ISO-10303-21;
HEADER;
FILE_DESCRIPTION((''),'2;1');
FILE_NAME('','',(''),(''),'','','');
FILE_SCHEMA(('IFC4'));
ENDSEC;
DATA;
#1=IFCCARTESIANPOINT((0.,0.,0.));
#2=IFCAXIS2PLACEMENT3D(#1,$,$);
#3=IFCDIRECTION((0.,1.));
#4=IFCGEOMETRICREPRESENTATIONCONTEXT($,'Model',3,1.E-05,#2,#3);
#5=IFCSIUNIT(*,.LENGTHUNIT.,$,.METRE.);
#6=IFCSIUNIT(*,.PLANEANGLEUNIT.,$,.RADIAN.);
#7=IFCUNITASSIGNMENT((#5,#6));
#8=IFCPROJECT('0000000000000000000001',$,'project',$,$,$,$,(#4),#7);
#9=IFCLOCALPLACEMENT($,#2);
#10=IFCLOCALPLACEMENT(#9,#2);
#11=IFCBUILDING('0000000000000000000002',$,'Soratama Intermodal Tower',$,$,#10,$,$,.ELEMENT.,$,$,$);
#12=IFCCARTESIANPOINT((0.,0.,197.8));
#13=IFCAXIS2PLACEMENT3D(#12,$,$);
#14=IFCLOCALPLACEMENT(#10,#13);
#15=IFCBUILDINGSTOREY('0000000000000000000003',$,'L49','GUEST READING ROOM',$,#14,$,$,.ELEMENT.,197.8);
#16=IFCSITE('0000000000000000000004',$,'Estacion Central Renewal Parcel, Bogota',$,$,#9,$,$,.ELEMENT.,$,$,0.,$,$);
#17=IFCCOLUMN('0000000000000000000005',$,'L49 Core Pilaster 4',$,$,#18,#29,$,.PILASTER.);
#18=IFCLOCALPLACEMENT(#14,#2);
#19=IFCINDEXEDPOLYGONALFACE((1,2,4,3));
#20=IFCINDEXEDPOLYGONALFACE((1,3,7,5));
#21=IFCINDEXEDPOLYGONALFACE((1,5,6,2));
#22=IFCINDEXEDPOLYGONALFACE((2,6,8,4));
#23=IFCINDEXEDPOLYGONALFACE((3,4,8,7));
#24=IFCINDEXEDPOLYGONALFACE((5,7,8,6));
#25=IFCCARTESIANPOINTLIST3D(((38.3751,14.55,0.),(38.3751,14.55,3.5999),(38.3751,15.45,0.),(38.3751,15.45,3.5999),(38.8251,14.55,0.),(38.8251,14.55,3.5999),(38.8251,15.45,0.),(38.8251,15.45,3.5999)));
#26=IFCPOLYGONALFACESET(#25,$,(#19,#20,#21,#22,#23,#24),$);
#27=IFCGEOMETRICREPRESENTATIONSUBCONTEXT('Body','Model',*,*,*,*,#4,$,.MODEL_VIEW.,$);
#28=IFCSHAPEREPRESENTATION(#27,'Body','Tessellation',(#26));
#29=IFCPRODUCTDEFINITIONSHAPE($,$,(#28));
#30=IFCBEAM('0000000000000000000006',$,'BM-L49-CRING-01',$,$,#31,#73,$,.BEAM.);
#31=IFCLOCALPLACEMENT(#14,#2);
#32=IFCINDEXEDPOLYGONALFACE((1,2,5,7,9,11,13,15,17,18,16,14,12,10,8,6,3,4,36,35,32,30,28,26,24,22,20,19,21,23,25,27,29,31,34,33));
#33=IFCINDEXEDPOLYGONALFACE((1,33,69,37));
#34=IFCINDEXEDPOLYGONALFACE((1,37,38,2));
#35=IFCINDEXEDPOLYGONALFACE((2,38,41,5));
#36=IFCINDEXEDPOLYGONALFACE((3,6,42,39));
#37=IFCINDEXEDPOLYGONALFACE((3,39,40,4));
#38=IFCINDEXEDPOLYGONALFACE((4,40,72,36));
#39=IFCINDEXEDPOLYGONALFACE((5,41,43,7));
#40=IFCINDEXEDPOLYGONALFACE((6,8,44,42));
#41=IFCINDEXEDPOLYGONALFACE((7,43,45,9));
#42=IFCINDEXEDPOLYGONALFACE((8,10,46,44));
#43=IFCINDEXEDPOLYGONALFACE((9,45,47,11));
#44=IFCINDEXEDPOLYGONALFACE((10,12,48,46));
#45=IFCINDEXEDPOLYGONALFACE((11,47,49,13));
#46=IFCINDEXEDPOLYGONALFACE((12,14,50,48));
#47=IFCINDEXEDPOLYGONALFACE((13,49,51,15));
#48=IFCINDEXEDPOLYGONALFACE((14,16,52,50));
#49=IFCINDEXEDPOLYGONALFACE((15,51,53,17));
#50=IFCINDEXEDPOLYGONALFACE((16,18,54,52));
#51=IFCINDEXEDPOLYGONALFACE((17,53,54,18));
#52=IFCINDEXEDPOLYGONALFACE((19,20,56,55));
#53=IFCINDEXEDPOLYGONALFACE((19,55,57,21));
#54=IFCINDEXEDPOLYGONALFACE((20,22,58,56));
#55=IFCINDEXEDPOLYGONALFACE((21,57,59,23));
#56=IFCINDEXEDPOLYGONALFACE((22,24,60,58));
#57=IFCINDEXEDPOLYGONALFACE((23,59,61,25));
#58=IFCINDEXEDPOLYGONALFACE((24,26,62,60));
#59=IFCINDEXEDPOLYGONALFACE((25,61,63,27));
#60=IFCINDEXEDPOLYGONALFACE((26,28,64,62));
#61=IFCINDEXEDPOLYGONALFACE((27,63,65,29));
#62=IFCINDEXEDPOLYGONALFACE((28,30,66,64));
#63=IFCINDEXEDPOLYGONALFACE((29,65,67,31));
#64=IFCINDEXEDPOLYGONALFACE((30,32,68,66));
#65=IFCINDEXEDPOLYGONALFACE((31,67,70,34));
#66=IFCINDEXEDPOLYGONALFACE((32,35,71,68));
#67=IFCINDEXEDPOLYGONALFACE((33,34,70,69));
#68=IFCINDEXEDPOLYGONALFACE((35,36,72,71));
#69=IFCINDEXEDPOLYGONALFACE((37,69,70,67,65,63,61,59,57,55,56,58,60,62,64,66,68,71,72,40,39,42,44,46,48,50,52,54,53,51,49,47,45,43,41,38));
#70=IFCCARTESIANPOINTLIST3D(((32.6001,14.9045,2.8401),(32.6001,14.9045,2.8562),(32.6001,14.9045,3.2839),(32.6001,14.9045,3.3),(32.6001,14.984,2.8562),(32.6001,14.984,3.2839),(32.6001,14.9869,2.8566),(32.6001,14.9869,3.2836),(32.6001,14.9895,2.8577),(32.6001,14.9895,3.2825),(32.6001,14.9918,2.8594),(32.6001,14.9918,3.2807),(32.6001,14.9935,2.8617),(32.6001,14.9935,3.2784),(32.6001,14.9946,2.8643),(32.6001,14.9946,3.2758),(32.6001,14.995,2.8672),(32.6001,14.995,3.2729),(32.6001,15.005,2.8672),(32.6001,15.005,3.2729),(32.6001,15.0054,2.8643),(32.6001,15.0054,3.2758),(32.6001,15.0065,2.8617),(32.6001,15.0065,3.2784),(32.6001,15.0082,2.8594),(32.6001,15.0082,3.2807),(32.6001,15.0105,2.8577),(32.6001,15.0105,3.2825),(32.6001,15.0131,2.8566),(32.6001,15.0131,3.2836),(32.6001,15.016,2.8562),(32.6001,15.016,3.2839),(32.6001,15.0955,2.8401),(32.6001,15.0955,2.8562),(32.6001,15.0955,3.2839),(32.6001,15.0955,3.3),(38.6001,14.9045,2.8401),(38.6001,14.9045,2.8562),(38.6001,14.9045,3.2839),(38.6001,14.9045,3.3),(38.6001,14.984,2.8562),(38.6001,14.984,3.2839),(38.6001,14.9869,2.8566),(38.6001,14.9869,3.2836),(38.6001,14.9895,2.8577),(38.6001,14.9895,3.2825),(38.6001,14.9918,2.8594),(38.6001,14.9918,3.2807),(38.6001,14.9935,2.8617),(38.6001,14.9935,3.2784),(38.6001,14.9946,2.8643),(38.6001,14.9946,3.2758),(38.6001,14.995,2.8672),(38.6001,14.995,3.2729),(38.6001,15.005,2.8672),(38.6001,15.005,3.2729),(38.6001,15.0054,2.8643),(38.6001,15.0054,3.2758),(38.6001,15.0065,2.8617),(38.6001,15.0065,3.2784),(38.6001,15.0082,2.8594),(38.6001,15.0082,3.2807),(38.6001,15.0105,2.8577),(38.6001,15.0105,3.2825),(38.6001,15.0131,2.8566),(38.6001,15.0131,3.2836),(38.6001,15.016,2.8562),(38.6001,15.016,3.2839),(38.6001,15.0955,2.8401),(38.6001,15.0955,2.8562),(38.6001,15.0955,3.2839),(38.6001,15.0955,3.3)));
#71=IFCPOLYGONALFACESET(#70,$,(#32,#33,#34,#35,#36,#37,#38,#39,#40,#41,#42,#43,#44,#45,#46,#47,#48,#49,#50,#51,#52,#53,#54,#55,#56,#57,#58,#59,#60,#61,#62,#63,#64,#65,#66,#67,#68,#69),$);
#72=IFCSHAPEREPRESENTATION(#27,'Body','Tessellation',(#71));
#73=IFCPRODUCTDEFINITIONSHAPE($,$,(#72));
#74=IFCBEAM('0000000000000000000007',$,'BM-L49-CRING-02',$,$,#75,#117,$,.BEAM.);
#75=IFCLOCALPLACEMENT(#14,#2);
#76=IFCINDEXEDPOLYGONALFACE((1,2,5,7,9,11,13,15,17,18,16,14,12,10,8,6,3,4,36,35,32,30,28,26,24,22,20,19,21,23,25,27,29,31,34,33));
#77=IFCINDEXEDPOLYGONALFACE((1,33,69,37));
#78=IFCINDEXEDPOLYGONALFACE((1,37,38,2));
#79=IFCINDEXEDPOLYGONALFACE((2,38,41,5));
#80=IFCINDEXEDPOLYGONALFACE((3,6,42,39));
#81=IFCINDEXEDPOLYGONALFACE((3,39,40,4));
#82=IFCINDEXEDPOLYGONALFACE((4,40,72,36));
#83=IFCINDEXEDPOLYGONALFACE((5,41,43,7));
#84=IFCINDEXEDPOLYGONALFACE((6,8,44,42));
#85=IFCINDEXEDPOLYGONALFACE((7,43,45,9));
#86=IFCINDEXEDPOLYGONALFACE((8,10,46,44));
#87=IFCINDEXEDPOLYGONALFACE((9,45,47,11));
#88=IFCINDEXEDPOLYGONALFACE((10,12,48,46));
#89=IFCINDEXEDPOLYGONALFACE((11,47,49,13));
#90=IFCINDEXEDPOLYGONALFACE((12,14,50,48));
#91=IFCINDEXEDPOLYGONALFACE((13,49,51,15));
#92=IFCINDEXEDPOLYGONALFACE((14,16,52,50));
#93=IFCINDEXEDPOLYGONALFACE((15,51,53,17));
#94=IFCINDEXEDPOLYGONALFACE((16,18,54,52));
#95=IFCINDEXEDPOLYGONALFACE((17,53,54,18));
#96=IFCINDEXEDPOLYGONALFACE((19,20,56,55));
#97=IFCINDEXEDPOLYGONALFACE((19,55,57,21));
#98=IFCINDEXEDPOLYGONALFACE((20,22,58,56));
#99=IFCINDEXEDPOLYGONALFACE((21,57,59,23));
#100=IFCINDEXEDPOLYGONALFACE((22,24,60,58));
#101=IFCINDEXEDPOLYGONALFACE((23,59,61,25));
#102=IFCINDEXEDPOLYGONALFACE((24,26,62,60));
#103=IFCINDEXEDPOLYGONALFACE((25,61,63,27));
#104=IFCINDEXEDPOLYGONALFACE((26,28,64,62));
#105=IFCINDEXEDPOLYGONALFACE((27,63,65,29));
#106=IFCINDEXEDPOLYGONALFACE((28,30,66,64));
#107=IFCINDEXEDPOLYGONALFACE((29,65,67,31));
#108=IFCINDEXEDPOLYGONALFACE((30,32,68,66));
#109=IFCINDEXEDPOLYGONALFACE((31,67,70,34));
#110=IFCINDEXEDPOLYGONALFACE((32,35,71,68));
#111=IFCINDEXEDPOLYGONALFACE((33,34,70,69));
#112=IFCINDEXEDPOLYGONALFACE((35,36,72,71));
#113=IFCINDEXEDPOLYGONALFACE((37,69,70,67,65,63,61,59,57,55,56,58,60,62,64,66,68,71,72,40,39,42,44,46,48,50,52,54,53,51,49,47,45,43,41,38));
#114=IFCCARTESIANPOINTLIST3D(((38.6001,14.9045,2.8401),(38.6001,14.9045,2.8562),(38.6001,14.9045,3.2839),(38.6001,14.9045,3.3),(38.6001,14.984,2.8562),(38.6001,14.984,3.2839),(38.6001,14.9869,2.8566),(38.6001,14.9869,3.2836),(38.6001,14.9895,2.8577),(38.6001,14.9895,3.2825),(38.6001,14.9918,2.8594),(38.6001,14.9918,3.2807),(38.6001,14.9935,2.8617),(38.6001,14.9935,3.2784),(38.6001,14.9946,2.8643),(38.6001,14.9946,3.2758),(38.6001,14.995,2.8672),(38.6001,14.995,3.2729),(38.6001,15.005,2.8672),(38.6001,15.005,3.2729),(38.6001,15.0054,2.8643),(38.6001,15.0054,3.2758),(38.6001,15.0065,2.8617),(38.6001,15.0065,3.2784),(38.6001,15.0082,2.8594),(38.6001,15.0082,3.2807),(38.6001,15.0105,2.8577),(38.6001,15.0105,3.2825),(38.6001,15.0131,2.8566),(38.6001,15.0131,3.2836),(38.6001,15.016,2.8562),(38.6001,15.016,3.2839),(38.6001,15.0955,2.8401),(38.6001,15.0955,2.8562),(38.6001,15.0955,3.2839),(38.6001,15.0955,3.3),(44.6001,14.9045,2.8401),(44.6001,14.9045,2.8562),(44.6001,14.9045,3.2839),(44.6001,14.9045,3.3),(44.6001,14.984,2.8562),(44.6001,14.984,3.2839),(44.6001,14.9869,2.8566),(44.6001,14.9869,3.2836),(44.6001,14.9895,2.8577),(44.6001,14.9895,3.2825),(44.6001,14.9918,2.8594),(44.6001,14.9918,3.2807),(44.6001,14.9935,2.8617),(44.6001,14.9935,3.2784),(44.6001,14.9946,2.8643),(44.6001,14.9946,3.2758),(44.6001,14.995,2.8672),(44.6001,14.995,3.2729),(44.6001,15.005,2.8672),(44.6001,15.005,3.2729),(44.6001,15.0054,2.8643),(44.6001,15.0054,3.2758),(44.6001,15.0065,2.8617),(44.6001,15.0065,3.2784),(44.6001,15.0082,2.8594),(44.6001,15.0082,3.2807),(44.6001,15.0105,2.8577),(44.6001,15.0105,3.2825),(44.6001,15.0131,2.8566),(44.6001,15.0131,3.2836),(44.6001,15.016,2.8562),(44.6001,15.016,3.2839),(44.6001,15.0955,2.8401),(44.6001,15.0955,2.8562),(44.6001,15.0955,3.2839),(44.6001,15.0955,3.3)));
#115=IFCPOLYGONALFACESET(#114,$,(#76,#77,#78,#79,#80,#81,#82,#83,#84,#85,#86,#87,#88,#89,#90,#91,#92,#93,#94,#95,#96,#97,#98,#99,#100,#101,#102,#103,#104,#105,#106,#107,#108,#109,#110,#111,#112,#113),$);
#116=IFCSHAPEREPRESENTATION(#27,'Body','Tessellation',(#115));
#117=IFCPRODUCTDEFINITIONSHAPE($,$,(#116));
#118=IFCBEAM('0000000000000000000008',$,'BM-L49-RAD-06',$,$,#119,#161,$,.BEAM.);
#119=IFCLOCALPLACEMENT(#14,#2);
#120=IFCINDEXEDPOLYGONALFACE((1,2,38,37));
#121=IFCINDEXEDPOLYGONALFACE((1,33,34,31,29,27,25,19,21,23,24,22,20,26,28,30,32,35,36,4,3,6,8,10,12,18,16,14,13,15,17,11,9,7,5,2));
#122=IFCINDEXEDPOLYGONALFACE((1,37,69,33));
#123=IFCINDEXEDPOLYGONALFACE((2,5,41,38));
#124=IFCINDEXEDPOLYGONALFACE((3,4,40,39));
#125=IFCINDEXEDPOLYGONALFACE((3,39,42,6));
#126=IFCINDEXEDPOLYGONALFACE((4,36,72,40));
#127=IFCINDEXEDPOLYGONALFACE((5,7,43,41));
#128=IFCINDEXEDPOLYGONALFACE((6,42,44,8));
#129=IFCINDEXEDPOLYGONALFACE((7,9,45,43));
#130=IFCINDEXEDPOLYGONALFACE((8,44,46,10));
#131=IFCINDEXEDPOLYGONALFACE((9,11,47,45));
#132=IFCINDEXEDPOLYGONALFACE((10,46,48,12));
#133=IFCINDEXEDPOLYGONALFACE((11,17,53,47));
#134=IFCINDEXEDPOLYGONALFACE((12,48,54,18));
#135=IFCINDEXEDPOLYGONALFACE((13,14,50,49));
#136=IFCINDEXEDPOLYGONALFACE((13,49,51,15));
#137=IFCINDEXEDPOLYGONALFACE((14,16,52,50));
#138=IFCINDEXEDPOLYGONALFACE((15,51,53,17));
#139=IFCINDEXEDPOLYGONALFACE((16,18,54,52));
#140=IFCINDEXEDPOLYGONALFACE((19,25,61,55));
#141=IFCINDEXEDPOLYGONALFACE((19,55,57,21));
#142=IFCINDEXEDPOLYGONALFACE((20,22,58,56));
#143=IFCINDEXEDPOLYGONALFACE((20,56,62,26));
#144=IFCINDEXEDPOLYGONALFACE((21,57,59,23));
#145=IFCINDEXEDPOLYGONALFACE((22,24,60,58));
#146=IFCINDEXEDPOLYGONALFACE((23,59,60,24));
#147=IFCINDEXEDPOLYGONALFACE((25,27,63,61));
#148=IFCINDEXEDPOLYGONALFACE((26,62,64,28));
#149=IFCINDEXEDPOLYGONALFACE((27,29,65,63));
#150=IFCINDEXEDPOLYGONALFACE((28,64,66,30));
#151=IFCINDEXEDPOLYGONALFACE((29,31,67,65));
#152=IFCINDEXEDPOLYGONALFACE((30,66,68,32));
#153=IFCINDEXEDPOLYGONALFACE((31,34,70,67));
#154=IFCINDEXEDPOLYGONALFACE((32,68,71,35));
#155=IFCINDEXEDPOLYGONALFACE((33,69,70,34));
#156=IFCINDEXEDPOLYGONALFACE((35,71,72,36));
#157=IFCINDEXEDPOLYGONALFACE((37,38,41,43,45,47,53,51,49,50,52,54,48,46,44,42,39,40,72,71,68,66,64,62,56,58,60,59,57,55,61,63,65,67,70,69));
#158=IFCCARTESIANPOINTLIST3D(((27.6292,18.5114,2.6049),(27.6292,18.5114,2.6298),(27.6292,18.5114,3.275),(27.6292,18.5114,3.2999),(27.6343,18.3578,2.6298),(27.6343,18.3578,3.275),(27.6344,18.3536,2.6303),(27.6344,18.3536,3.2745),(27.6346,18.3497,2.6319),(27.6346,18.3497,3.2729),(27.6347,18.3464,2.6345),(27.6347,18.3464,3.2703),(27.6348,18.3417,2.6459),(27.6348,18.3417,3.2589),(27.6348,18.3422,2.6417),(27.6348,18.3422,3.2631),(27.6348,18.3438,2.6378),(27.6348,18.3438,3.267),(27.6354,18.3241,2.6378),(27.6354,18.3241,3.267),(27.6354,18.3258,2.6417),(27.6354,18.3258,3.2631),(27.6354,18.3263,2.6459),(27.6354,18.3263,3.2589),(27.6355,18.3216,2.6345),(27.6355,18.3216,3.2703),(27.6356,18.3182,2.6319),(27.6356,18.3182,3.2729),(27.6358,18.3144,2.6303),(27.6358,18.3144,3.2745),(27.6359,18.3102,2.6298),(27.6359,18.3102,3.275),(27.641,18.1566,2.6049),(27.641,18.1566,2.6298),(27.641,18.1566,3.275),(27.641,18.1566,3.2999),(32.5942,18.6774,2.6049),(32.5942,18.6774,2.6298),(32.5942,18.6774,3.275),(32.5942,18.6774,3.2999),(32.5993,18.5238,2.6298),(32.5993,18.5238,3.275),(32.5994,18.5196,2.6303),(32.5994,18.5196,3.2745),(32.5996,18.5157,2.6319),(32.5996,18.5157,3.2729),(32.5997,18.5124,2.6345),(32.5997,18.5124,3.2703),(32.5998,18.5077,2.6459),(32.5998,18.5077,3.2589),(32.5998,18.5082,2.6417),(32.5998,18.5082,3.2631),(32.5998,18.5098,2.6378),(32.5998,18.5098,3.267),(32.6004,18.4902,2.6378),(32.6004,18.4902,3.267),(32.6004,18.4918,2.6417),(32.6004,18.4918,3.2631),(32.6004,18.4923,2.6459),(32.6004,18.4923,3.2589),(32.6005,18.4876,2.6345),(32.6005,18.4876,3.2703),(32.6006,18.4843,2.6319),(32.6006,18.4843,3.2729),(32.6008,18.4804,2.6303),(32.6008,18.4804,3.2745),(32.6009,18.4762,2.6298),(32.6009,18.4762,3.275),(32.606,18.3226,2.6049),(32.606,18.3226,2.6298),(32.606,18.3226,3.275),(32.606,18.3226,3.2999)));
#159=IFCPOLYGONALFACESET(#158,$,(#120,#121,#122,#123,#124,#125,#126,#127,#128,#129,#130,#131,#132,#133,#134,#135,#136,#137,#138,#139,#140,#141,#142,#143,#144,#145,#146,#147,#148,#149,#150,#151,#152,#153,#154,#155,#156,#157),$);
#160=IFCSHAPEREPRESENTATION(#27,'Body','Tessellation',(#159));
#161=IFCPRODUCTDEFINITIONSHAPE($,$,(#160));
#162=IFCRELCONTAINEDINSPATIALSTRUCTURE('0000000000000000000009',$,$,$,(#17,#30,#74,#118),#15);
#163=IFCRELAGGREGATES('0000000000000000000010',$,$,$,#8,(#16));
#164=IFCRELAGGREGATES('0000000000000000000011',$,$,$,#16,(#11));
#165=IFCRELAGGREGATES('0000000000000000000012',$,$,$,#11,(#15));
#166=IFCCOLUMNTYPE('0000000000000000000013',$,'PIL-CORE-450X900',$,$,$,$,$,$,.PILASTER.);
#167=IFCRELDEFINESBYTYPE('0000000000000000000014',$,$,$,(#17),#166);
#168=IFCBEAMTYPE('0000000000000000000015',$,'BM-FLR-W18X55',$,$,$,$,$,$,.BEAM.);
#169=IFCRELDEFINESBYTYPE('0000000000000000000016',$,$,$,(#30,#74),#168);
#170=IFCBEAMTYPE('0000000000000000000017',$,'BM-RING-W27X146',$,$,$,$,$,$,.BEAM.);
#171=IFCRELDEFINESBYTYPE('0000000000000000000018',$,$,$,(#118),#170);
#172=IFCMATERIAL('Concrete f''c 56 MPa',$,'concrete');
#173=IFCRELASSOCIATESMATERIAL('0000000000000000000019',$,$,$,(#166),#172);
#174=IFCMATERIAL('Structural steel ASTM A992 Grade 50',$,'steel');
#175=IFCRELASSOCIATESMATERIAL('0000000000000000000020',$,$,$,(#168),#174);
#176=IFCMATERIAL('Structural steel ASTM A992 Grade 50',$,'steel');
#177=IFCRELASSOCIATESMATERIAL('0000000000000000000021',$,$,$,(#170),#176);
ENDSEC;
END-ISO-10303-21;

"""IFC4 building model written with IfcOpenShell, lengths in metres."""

from ifc_helpers import new_model, si_unit, direction, frame, origin, origin_2d, place, context, subcontext, project, spatial, rectangle, i_section, extrude, material, material_profile, profile_set, type_object, element, save


model = new_model("IFC4")

# Units and contexts
model_context = context("Model", 3, precision=1e-05, world=origin(), true_north=direction((0.0, 1.0)))
body_context = subcontext(model_context, "Body", "Model", "MODEL_VIEW")
ifc_project = project(units=[si_unit("LENGTHUNIT", "METRE"), si_unit("PLANEANGLEUNIT", "RADIAN")], contexts=[model_context])

# Site, building, storey
site_placement = place(None, origin())
site = spatial("IfcSite", under=ifc_project, at=site_placement, Name="Estacion Central Renewal Parcel, Bogota", CompositionType="ELEMENT", RefElevation=0.0)
building_placement = place(site_placement, origin())
building = spatial("IfcBuilding", under=site, at=building_placement, Name="Soratama Intermodal Tower", CompositionType="ELEMENT")
storey_placement = place(building_placement, frame((0.0, 0.0, 197.8)))
storey = spatial("IfcBuildingStorey", under=building, at=storey_placement, Name="L49", Description="GUEST READING ROOM", CompositionType="ELEMENT", Elevation=197.8)

# Column
ifc_material_1 = material(Name="Concrete f'c 56 MPa", Category="concrete")
ifc_material_profile_1 = material_profile(ifc_material_1, rectangle(XDim=0.45, YDim=0.8999, at=origin_2d()), Name="RC450X900")
ifc_profile_set_1 = profile_set([ifc_material_profile_1], Name="Concrete f'c 56 MPa")
column_type = type_object("IfcColumnType", Name="PIL-CORE-450X900", PredefinedType="PILASTER", material=ifc_profile_set_1)
column_placement = place(storey_placement, frame((38.6001, 15.0, 0.0), z_axis=(0.0, 0.0, 1.0), x_axis=(1.0, 0.0, 0.0)))
element("IfcColumn", 1, at=column_placement, inside=storey, type_object=column_type, Name="L49 Core Pilaster 4", PredefinedType="PILASTER", context=body_context, shape_type="SweptSolid", body=[
    extrude(rectangle(XDim=0.45, YDim=0.8999, at=origin_2d()), origin(), (0.0, 0.0, 1.0), 3.5999),
])

# Beams
ifc_material_2 = material(Name="Structural steel ASTM A992 Grade 50", Category="steel")
ifc_material_profile_2 = material_profile(ifc_material_2, i_section(OverallWidth=0.1909, OverallDepth=0.46, WebThickness=0.01, FlangeThickness=0.0161, FilletRadius=0.011, at=origin_2d()), Name="W18X55")
ifc_profile_set_2 = profile_set([ifc_material_profile_2], Name="Structural steel ASTM A992 Grade 50")
beam_type_1 = type_object("IfcBeamType", Name="BM-FLR-W18X55", PredefinedType="BEAM", material=ifc_profile_set_2)
for number, where, z_axis, x_axis, name in (
    (2, (32.6001, 15.0, 3.0701), (1.0, 0.0, 0.0), (0.0, 1.0, 0.0), "BM-L49-CRING-01"),
    (3, (38.6001, 15.0, 3.0701), (1.0, 0.0, 0.0), (0.0, 1.0, 0.0), "BM-L49-CRING-02"),
):
    element("IfcBeam", number, at=place(storey_placement, frame(where, z_axis=z_axis, x_axis=x_axis)), inside=storey, type_object=beam_type_1, Name=name, PredefinedType="BEAM", context=body_context, shape_type="SweptSolid", body=[
        extrude(i_section(OverallWidth=0.1909, OverallDepth=0.46, WebThickness=0.01, FlangeThickness=0.0161, FilletRadius=0.011, at=origin_2d()), origin(), (0.0, 0.0, 1.0), 6.0),
    ])
ifc_material_3 = material(Name="Structural steel ASTM A992 Grade 50", Category="steel")
ifc_material_profile_3 = material_profile(ifc_material_3, i_section(OverallWidth=0.355, OverallDepth=0.6951, WebThickness=0.0154, FlangeThickness=0.0249, FilletRadius=0.0161, at=origin_2d()), Name="W27X146")
ifc_profile_set_3 = profile_set([ifc_material_profile_3], Name="Structural steel ASTM A992 Grade 50")
beam_type_2 = type_object("IfcBeamType", Name="BM-RING-W27X146", PredefinedType="BEAM", material=ifc_profile_set_3)
beam_1_placement = place(storey_placement, frame((32.6001, 18.5, 2.9524), z_axis=(-0.999441, -0.033418, 0.0), x_axis=(0.033418, -0.999441, 0.0)))
element("IfcBeam", 4, at=beam_1_placement, inside=storey, type_object=beam_type_2, Name="BM-L49-RAD-06", PredefinedType="BEAM", context=body_context, shape_type="SweptSolid", body=[
    extrude(i_section(OverallWidth=0.355, OverallDepth=0.6951, WebThickness=0.0154, FlangeThickness=0.0249, FilletRadius=0.0161, at=origin_2d()), origin(), (0.0, 0.0, 1.0), 4.9678),
])

save(model, "model.ifc")
